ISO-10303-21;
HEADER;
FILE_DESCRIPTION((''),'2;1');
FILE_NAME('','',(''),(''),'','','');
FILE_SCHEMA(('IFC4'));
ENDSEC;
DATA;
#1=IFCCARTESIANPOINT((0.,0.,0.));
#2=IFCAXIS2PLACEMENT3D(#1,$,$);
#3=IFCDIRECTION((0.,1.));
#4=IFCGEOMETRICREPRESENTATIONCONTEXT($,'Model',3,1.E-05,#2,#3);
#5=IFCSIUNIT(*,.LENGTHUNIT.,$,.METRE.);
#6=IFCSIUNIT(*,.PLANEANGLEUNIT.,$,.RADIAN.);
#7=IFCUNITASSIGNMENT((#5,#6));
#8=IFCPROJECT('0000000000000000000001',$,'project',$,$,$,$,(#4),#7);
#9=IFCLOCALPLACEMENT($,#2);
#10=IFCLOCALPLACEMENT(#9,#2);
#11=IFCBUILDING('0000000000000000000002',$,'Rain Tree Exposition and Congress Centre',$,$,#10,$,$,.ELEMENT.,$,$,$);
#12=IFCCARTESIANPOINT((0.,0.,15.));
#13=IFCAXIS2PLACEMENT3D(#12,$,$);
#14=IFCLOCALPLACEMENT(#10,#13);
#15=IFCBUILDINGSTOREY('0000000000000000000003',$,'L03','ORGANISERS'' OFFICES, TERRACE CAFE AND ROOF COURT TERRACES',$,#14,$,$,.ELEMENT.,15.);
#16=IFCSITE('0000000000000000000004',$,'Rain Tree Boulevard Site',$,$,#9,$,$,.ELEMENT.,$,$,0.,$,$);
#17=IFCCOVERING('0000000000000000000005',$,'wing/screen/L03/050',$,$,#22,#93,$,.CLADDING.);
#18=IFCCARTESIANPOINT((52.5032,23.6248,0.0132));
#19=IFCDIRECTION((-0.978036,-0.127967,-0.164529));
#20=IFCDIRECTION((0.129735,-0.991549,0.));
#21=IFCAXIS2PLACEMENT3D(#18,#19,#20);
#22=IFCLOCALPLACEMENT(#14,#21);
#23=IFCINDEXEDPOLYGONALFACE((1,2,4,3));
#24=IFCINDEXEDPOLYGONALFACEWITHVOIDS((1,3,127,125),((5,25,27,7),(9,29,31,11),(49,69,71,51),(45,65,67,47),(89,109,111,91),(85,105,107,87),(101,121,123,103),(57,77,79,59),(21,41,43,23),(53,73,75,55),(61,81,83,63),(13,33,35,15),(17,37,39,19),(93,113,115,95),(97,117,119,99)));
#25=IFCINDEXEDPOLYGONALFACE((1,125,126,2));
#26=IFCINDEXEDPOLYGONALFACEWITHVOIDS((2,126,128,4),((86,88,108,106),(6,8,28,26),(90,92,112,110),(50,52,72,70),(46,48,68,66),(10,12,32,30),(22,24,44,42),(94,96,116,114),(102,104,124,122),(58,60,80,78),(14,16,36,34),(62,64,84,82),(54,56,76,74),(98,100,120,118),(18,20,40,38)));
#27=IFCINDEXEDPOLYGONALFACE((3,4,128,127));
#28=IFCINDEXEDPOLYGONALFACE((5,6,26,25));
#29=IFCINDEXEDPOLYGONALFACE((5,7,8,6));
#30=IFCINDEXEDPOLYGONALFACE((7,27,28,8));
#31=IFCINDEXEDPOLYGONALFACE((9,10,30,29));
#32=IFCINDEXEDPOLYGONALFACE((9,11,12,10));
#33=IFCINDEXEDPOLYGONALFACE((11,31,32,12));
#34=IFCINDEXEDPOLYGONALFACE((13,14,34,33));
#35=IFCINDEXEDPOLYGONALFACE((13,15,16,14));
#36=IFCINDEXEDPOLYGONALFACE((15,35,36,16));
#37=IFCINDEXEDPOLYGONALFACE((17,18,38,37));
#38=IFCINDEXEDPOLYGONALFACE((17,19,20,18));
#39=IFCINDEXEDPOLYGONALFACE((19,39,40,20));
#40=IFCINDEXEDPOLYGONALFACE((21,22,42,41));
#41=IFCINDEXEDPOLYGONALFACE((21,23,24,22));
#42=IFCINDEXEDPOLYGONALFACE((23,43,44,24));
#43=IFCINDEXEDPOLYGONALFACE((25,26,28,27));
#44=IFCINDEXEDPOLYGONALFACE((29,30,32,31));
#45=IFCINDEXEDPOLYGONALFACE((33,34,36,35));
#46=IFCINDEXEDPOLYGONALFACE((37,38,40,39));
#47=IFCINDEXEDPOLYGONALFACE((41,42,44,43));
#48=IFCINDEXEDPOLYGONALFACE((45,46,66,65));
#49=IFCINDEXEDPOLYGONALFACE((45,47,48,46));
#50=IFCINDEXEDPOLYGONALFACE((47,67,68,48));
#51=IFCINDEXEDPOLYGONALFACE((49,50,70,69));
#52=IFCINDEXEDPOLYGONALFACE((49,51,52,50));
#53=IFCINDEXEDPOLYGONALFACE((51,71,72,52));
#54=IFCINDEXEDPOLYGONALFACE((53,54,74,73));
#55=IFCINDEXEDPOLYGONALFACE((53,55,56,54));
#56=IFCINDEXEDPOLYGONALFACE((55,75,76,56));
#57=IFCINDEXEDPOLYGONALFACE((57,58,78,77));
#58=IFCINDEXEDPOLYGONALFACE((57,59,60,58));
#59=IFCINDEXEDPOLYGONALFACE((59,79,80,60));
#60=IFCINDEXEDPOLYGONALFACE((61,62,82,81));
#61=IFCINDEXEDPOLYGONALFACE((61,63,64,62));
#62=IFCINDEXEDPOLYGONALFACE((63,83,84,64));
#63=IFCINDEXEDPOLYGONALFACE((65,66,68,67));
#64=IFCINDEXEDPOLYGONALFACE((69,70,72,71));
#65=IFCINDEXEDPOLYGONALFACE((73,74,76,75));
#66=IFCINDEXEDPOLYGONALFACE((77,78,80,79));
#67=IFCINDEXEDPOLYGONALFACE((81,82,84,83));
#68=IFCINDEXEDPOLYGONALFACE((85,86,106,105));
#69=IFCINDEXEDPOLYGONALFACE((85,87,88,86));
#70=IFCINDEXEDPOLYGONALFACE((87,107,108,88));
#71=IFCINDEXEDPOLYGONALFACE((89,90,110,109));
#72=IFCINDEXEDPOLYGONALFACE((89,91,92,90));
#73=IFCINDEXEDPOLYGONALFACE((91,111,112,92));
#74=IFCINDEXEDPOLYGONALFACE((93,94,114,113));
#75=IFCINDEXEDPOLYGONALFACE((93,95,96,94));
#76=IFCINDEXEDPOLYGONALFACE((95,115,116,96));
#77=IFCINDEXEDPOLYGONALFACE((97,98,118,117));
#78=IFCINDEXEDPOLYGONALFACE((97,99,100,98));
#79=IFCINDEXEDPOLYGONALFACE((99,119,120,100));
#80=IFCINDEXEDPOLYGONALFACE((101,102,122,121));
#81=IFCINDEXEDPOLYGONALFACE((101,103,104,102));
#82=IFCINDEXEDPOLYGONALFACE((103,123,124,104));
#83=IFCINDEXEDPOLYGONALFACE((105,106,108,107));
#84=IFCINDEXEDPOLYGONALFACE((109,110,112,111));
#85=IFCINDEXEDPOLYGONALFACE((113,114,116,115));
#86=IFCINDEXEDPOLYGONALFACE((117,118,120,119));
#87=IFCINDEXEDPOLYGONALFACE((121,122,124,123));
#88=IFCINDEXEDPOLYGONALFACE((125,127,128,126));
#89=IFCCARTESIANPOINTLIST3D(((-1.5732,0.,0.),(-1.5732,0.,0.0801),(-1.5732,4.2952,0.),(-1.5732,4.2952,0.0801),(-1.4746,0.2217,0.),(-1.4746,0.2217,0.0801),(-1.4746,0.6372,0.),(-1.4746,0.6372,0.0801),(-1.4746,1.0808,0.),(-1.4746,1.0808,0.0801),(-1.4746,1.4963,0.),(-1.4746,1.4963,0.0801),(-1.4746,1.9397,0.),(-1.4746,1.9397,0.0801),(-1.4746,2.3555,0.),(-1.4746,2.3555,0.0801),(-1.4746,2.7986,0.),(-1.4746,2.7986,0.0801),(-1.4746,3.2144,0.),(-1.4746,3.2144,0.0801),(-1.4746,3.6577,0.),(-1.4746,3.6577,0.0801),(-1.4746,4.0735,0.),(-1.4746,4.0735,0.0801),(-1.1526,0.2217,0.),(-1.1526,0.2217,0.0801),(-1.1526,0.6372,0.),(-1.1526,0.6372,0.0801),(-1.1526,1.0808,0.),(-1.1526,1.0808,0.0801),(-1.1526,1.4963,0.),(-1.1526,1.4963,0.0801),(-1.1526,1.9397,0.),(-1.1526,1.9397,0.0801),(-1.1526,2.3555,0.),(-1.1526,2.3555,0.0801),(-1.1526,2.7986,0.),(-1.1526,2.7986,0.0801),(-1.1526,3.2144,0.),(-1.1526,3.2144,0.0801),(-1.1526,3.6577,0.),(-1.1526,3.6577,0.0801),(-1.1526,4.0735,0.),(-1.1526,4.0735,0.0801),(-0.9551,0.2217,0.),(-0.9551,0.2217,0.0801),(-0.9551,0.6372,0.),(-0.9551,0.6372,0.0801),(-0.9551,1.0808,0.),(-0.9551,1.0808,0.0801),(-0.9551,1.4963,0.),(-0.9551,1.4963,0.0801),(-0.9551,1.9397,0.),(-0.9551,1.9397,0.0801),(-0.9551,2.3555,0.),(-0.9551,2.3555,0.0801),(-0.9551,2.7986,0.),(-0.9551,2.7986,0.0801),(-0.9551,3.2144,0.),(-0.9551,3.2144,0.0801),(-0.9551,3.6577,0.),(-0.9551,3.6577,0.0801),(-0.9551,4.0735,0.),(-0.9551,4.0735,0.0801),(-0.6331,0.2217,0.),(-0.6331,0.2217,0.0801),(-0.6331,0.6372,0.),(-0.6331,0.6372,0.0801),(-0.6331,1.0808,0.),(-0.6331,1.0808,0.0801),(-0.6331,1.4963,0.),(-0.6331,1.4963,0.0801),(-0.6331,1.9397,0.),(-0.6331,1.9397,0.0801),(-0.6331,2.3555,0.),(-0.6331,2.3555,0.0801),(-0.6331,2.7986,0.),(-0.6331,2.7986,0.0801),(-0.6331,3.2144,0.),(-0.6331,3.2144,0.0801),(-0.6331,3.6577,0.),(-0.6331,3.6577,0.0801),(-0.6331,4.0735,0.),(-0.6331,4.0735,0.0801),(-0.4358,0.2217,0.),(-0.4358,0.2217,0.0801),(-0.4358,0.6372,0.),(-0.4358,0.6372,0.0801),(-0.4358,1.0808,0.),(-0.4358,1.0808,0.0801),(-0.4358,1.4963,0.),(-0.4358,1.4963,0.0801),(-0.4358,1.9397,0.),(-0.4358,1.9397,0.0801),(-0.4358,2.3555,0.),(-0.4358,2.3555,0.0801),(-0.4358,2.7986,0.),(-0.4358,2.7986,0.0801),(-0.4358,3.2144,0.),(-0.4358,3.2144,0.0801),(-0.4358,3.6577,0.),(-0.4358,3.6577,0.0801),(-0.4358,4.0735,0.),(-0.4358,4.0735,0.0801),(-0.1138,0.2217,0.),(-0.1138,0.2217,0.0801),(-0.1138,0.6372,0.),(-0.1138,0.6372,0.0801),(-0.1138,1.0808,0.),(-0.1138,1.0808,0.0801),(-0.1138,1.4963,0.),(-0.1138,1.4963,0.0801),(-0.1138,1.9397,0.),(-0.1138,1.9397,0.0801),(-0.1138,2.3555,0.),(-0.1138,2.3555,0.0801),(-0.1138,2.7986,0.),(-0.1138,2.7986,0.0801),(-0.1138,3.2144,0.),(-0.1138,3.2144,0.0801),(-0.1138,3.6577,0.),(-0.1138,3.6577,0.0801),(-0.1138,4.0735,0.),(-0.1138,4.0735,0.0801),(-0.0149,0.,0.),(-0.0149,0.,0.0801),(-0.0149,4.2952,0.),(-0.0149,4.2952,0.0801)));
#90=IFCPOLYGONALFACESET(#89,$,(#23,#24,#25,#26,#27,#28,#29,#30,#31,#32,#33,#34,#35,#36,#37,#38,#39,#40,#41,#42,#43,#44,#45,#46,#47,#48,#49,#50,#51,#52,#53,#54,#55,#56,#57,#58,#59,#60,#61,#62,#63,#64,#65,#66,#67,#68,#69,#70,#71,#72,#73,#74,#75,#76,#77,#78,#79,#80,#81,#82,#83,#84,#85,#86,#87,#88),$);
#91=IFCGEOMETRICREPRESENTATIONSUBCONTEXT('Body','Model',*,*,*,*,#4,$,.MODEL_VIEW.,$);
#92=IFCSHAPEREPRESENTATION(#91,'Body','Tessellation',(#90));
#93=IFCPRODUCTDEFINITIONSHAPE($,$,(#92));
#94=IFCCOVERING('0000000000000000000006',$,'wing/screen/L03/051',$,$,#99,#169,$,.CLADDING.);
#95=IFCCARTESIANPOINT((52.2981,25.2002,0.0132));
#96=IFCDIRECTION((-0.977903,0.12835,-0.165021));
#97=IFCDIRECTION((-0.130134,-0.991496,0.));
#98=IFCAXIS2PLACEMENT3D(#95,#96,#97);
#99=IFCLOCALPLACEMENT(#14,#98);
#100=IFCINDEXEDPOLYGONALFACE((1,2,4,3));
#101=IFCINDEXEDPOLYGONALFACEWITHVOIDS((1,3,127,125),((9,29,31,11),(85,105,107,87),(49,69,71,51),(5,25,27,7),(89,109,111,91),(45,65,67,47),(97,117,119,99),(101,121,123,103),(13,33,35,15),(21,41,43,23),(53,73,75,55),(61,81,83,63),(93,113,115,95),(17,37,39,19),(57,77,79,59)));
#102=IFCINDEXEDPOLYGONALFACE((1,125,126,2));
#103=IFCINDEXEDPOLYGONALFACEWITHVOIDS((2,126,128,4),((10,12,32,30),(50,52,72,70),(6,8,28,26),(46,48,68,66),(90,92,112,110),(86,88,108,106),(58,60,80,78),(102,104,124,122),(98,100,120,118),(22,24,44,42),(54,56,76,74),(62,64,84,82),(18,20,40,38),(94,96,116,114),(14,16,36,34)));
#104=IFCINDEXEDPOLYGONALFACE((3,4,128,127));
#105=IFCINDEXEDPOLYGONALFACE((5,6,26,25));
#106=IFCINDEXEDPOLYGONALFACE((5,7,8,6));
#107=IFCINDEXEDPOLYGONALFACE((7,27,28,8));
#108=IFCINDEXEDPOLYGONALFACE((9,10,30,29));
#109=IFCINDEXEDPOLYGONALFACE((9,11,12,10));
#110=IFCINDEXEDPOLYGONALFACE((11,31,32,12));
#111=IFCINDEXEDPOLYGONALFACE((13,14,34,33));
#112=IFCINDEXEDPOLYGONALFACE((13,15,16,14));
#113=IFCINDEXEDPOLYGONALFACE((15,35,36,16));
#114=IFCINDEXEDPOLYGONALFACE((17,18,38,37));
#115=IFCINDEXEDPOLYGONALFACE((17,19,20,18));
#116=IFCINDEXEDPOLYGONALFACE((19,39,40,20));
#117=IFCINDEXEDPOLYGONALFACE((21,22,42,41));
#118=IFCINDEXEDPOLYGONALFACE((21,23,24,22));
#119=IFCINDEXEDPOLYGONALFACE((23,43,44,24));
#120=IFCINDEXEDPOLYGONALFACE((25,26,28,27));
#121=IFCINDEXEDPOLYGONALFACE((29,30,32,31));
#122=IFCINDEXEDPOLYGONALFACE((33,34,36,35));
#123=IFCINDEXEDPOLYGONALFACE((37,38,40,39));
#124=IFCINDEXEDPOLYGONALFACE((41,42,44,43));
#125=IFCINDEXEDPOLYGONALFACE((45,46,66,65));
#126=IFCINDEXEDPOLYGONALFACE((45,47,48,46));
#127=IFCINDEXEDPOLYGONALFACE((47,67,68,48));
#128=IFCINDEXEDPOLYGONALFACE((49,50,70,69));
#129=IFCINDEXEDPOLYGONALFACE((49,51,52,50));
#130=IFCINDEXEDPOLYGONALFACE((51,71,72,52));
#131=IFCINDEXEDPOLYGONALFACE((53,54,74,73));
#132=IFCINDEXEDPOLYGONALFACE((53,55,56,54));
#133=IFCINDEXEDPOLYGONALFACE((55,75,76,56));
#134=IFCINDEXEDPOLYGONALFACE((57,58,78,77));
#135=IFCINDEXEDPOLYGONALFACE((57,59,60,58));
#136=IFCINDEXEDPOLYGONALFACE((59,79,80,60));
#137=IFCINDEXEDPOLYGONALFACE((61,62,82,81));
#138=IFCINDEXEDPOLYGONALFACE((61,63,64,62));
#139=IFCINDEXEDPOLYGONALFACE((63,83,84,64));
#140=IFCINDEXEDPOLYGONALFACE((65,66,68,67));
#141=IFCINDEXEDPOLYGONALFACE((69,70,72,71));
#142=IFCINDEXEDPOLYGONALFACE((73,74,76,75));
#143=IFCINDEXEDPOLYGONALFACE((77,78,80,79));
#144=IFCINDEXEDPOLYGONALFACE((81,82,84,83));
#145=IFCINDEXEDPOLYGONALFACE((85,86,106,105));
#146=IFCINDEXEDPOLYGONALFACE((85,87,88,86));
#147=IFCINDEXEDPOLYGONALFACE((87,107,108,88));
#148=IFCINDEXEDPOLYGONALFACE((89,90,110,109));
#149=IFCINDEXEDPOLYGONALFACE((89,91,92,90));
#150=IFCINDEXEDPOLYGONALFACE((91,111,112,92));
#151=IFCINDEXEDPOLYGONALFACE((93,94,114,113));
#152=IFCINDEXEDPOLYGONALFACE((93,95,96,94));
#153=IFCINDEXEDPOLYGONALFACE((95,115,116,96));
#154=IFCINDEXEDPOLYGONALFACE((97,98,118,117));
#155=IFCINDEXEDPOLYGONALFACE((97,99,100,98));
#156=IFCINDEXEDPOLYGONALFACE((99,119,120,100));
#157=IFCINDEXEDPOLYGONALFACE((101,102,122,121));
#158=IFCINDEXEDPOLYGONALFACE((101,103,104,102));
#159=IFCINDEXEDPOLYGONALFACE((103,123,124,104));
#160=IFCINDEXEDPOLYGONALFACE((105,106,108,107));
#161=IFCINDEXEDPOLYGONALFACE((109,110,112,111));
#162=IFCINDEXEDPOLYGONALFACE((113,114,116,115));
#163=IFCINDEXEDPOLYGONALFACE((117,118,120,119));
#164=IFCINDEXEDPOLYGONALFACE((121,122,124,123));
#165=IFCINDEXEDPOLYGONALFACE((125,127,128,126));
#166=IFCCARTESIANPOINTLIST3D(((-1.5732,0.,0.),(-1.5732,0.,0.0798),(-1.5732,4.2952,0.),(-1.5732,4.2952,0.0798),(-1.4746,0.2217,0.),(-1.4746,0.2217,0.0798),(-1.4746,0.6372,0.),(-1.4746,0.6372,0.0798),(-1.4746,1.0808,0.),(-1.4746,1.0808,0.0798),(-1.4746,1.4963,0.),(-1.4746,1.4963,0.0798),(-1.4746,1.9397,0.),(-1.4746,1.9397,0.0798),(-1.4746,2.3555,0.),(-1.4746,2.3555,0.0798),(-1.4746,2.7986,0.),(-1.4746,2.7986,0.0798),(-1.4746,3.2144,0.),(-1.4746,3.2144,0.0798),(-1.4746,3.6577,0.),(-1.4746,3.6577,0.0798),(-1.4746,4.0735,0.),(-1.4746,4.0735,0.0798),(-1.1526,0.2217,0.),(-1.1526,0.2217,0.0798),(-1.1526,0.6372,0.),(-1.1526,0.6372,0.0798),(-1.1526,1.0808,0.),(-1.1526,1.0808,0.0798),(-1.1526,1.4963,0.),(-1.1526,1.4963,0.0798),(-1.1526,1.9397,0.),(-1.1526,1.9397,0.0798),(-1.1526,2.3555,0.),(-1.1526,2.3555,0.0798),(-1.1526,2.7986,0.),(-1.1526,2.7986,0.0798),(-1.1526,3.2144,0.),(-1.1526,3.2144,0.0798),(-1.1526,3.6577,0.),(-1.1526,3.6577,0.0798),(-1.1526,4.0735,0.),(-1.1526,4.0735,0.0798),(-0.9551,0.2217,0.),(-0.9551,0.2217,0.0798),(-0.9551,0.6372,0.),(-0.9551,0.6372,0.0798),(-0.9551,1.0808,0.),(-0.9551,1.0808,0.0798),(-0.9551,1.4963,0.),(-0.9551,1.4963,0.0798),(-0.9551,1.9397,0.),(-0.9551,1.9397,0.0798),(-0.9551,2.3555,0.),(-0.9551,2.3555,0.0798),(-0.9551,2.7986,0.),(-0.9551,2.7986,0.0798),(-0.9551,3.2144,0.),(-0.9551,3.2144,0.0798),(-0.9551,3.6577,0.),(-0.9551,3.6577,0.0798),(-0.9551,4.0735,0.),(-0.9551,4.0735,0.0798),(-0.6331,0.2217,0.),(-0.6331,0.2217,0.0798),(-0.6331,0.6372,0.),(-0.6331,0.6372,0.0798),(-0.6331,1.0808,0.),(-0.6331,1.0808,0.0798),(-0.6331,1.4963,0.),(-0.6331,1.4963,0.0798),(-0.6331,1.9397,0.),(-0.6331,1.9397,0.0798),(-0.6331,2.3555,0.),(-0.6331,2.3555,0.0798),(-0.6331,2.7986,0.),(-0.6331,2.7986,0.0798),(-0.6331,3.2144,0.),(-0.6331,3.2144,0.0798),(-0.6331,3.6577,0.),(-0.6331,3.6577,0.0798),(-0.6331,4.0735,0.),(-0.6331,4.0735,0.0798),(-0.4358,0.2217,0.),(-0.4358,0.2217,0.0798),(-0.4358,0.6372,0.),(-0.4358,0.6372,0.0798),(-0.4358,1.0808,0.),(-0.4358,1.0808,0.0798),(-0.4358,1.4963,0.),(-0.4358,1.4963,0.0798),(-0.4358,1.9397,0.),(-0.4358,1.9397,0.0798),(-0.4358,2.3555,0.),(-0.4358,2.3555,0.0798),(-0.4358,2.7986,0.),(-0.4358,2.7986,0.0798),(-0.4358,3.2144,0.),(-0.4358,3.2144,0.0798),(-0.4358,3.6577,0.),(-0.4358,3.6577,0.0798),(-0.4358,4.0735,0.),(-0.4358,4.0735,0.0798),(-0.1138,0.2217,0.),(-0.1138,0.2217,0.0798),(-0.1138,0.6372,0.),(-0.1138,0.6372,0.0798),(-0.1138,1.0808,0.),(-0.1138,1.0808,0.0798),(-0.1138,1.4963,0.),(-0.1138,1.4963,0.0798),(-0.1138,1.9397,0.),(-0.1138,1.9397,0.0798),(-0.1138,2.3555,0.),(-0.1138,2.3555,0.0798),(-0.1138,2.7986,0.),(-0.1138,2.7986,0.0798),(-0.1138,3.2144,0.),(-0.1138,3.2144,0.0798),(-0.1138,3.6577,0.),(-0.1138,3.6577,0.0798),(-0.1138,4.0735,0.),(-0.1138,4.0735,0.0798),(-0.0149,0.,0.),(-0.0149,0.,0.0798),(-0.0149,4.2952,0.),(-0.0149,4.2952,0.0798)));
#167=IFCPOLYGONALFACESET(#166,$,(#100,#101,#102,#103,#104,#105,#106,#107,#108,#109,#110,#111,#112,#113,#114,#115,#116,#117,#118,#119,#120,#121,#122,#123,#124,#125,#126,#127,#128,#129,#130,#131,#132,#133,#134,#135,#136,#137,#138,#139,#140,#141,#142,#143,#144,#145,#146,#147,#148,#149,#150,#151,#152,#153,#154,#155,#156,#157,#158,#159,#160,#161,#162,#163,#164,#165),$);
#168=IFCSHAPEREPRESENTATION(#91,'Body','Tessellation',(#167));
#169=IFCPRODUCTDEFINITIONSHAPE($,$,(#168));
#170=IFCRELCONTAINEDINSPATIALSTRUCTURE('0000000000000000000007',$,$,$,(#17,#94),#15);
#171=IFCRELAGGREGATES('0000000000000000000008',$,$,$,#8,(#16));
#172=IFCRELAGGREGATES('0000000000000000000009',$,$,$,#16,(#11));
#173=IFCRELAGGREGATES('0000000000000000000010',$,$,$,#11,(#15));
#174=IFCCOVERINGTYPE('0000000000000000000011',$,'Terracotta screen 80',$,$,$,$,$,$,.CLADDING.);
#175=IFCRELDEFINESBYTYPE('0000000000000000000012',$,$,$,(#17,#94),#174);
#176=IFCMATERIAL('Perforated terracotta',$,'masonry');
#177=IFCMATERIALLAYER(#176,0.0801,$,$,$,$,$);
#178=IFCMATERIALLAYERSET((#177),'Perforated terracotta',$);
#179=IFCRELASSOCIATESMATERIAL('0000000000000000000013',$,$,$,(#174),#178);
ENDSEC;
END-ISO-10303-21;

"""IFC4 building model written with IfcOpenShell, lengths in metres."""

from ifc_helpers import new_model, si_unit, direction, frame, origin, place, context, subcontext, project, spatial, polyline, outline, extrude, material, layer, layer_set, type_object, element, save


model = new_model("IFC4")

# Units and contexts
model_context = context("Model", 3, precision=1e-05, world=origin(), true_north=direction((0.0, 1.0)))
body_context = subcontext(model_context, "Body", "Model", "MODEL_VIEW")
ifc_project = project(units=[si_unit("LENGTHUNIT", "METRE"), si_unit("PLANEANGLEUNIT", "RADIAN")], contexts=[model_context])

# Site, building, storey
site_placement = place(None, origin())
site = spatial("IfcSite", under=ifc_project, at=site_placement, Name="Rain Tree Boulevard Site", CompositionType="ELEMENT", RefElevation=0.0)
building_placement = place(site_placement, origin())
building = spatial("IfcBuilding", under=site, at=building_placement, Name="Rain Tree Exposition and Congress Centre", CompositionType="ELEMENT")
storey_placement = place(building_placement, frame((0.0, 0.0, 15.0)))
storey = spatial("IfcBuildingStorey", under=building, at=storey_placement, Name="L03", Description="ORGANISERS' OFFICES, TERRACE CAFE AND ROOF COURT TERRACES", CompositionType="ELEMENT", Elevation=15.0)

# Coverings
ifc_material_1 = material(Name="Perforated terracotta", Category="masonry")
ifc_layer = layer(ifc_material_1, 0.0801)
ifc_layer_set = layer_set([ifc_layer], Name="Perforated terracotta")
covering_type = type_object("IfcCoveringType", Name="Terracotta screen 80", PredefinedType="CLADDING", material=ifc_layer_set)
covering_1_placement = place(storey_placement, frame((52.5032, 23.6248, 0.0132), z_axis=(-0.978036, -0.127967, -0.164529), x_axis=(0.129735, -0.991549, 0.0)))
element("IfcCovering", 1, at=covering_1_placement, inside=storey, type_object=covering_type, Name="wing/screen/L03/050", PredefinedType="CLADDING", context=body_context, shape_type="SweptSolid", body=[
    extrude(outline(polyline([(-1.5732, 0.0), (-1.5732, 4.2952), (-0.0149, 4.2952), (-0.0149, 0.0), (-1.5732, 0.0)]), holes=[polyline([(-0.1138, 0.2217), (-0.1138, 0.6372), (-0.4358, 0.6372), (-0.4358, 0.2217), (-0.1138, 0.2217)]), polyline([(-0.1138, 1.0808), (-0.1138, 1.4963), (-0.4358, 1.4963), (-0.4358, 1.0808), (-0.1138, 1.0808)]), polyline([(-0.1138, 1.9397), (-0.1138, 2.3555), (-0.4358, 2.3555), (-0.4358, 1.9397), (-0.1138, 1.9397)]), polyline([(-0.1138, 2.7986), (-0.1138, 3.2144), (-0.4358, 3.2144), (-0.4358, 2.7986), (-0.1138, 2.7986)]), polyline([(-0.1138, 3.6577), (-0.1138, 4.0735), (-0.4358, 4.0735), (-0.4358, 3.6577), (-0.1138, 3.6577)]), polyline([(-0.6331, 0.2217), (-0.6331, 0.6372), (-0.9551, 0.6372), (-0.9551, 0.2217), (-0.6331, 0.2217)]), polyline([(-0.6331, 1.0808), (-0.6331, 1.4963), (-0.9551, 1.4963), (-0.9551, 1.0808), (-0.6331, 1.0808)]), polyline([(-0.6331, 1.9397), (-0.6331, 2.3555), (-0.9551, 2.3555), (-0.9551, 1.9397), (-0.6331, 1.9397)]), polyline([(-0.6331, 2.7986), (-0.6331, 3.2144), (-0.9551, 3.2144), (-0.9551, 2.7986), (-0.6331, 2.7986)]), polyline([(-0.6331, 3.6577), (-0.6331, 4.0735), (-0.9551, 4.0735), (-0.9551, 3.6577), (-0.6331, 3.6577)]), polyline([(-1.1526, 0.2217), (-1.1526, 0.6372), (-1.4746, 0.6372), (-1.4746, 0.2217), (-1.1526, 0.2217)]), polyline([(-1.1526, 1.0808), (-1.1526, 1.4963), (-1.4746, 1.4963), (-1.4746, 1.0808), (-1.1526, 1.0808)]), polyline([(-1.1526, 1.9397), (-1.1526, 2.3555), (-1.4746, 2.3555), (-1.4746, 1.9397), (-1.1526, 1.9397)]), polyline([(-1.1526, 2.7986), (-1.1526, 3.2144), (-1.4746, 3.2144), (-1.4746, 2.7986), (-1.1526, 2.7986)]), polyline([(-1.1526, 3.6577), (-1.1526, 4.0735), (-1.4746, 4.0735), (-1.4746, 3.6577), (-1.1526, 3.6577)])]), origin(), (0.0, 0.0, 1.0), 0.0801),
])
covering_2_placement = place(storey_placement, frame((52.2981, 25.2002, 0.0132), z_axis=(-0.977903, 0.12835, -0.165021), x_axis=(-0.130134, -0.991496, 0.0)))
element("IfcCovering", 2, at=covering_2_placement, inside=storey, type_object=covering_type, Name="wing/screen/L03/051", PredefinedType="CLADDING", context=body_context, shape_type="SweptSolid", body=[
    extrude(outline(polyline([(-1.5732, 0.0), (-1.5732, 4.2952), (-0.0149, 4.2952), (-0.0149, 0.0), (-1.5732, 0.0)]), holes=[polyline([(-0.1138, 0.2217), (-0.1138, 0.6372), (-0.4358, 0.6372), (-0.4358, 0.2217), (-0.1138, 0.2217)]), polyline([(-0.1138, 1.0808), (-0.1138, 1.4963), (-0.4358, 1.4963), (-0.4358, 1.0808), (-0.1138, 1.0808)]), polyline([(-0.1138, 1.9397), (-0.1138, 2.3555), (-0.4358, 2.3555), (-0.4358, 1.9397), (-0.1138, 1.9397)]), polyline([(-0.1138, 2.7986), (-0.1138, 3.2144), (-0.4358, 3.2144), (-0.4358, 2.7986), (-0.1138, 2.7986)]), polyline([(-0.1138, 3.6577), (-0.1138, 4.0735), (-0.4358, 4.0735), (-0.4358, 3.6577), (-0.1138, 3.6577)]), polyline([(-0.6331, 0.2217), (-0.6331, 0.6372), (-0.9551, 0.6372), (-0.9551, 0.2217), (-0.6331, 0.2217)]), polyline([(-0.6331, 1.0808), (-0.6331, 1.4963), (-0.9551, 1.4963), (-0.9551, 1.0808), (-0.6331, 1.0808)]), polyline([(-0.6331, 1.9397), (-0.6331, 2.3555), (-0.9551, 2.3555), (-0.9551, 1.9397), (-0.6331, 1.9397)]), polyline([(-0.6331, 2.7986), (-0.6331, 3.2144), (-0.9551, 3.2144), (-0.9551, 2.7986), (-0.6331, 2.7986)]), polyline([(-0.6331, 3.6577), (-0.6331, 4.0735), (-0.9551, 4.0735), (-0.9551, 3.6577), (-0.6331, 3.6577)]), polyline([(-1.1526, 0.2217), (-1.1526, 0.6372), (-1.4746, 0.6372), (-1.4746, 0.2217), (-1.1526, 0.2217)]), polyline([(-1.1526, 1.0808), (-1.1526, 1.4963), (-1.4746, 1.4963), (-1.4746, 1.0808), (-1.1526, 1.0808)]), polyline([(-1.1526, 1.9397), (-1.1526, 2.3555), (-1.4746, 2.3555), (-1.4746, 1.9397), (-1.1526, 1.9397)]), polyline([(-1.1526, 2.7986), (-1.1526, 3.2144), (-1.4746, 3.2144), (-1.4746, 2.7986), (-1.1526, 2.7986)]), polyline([(-1.1526, 3.6577), (-1.1526, 4.0735), (-1.4746, 4.0735), (-1.4746, 3.6577), (-1.1526, 3.6577)])]), origin(), (0.0, 0.0, 1.0), 0.0798),
])

save(model, "model.ifc")
